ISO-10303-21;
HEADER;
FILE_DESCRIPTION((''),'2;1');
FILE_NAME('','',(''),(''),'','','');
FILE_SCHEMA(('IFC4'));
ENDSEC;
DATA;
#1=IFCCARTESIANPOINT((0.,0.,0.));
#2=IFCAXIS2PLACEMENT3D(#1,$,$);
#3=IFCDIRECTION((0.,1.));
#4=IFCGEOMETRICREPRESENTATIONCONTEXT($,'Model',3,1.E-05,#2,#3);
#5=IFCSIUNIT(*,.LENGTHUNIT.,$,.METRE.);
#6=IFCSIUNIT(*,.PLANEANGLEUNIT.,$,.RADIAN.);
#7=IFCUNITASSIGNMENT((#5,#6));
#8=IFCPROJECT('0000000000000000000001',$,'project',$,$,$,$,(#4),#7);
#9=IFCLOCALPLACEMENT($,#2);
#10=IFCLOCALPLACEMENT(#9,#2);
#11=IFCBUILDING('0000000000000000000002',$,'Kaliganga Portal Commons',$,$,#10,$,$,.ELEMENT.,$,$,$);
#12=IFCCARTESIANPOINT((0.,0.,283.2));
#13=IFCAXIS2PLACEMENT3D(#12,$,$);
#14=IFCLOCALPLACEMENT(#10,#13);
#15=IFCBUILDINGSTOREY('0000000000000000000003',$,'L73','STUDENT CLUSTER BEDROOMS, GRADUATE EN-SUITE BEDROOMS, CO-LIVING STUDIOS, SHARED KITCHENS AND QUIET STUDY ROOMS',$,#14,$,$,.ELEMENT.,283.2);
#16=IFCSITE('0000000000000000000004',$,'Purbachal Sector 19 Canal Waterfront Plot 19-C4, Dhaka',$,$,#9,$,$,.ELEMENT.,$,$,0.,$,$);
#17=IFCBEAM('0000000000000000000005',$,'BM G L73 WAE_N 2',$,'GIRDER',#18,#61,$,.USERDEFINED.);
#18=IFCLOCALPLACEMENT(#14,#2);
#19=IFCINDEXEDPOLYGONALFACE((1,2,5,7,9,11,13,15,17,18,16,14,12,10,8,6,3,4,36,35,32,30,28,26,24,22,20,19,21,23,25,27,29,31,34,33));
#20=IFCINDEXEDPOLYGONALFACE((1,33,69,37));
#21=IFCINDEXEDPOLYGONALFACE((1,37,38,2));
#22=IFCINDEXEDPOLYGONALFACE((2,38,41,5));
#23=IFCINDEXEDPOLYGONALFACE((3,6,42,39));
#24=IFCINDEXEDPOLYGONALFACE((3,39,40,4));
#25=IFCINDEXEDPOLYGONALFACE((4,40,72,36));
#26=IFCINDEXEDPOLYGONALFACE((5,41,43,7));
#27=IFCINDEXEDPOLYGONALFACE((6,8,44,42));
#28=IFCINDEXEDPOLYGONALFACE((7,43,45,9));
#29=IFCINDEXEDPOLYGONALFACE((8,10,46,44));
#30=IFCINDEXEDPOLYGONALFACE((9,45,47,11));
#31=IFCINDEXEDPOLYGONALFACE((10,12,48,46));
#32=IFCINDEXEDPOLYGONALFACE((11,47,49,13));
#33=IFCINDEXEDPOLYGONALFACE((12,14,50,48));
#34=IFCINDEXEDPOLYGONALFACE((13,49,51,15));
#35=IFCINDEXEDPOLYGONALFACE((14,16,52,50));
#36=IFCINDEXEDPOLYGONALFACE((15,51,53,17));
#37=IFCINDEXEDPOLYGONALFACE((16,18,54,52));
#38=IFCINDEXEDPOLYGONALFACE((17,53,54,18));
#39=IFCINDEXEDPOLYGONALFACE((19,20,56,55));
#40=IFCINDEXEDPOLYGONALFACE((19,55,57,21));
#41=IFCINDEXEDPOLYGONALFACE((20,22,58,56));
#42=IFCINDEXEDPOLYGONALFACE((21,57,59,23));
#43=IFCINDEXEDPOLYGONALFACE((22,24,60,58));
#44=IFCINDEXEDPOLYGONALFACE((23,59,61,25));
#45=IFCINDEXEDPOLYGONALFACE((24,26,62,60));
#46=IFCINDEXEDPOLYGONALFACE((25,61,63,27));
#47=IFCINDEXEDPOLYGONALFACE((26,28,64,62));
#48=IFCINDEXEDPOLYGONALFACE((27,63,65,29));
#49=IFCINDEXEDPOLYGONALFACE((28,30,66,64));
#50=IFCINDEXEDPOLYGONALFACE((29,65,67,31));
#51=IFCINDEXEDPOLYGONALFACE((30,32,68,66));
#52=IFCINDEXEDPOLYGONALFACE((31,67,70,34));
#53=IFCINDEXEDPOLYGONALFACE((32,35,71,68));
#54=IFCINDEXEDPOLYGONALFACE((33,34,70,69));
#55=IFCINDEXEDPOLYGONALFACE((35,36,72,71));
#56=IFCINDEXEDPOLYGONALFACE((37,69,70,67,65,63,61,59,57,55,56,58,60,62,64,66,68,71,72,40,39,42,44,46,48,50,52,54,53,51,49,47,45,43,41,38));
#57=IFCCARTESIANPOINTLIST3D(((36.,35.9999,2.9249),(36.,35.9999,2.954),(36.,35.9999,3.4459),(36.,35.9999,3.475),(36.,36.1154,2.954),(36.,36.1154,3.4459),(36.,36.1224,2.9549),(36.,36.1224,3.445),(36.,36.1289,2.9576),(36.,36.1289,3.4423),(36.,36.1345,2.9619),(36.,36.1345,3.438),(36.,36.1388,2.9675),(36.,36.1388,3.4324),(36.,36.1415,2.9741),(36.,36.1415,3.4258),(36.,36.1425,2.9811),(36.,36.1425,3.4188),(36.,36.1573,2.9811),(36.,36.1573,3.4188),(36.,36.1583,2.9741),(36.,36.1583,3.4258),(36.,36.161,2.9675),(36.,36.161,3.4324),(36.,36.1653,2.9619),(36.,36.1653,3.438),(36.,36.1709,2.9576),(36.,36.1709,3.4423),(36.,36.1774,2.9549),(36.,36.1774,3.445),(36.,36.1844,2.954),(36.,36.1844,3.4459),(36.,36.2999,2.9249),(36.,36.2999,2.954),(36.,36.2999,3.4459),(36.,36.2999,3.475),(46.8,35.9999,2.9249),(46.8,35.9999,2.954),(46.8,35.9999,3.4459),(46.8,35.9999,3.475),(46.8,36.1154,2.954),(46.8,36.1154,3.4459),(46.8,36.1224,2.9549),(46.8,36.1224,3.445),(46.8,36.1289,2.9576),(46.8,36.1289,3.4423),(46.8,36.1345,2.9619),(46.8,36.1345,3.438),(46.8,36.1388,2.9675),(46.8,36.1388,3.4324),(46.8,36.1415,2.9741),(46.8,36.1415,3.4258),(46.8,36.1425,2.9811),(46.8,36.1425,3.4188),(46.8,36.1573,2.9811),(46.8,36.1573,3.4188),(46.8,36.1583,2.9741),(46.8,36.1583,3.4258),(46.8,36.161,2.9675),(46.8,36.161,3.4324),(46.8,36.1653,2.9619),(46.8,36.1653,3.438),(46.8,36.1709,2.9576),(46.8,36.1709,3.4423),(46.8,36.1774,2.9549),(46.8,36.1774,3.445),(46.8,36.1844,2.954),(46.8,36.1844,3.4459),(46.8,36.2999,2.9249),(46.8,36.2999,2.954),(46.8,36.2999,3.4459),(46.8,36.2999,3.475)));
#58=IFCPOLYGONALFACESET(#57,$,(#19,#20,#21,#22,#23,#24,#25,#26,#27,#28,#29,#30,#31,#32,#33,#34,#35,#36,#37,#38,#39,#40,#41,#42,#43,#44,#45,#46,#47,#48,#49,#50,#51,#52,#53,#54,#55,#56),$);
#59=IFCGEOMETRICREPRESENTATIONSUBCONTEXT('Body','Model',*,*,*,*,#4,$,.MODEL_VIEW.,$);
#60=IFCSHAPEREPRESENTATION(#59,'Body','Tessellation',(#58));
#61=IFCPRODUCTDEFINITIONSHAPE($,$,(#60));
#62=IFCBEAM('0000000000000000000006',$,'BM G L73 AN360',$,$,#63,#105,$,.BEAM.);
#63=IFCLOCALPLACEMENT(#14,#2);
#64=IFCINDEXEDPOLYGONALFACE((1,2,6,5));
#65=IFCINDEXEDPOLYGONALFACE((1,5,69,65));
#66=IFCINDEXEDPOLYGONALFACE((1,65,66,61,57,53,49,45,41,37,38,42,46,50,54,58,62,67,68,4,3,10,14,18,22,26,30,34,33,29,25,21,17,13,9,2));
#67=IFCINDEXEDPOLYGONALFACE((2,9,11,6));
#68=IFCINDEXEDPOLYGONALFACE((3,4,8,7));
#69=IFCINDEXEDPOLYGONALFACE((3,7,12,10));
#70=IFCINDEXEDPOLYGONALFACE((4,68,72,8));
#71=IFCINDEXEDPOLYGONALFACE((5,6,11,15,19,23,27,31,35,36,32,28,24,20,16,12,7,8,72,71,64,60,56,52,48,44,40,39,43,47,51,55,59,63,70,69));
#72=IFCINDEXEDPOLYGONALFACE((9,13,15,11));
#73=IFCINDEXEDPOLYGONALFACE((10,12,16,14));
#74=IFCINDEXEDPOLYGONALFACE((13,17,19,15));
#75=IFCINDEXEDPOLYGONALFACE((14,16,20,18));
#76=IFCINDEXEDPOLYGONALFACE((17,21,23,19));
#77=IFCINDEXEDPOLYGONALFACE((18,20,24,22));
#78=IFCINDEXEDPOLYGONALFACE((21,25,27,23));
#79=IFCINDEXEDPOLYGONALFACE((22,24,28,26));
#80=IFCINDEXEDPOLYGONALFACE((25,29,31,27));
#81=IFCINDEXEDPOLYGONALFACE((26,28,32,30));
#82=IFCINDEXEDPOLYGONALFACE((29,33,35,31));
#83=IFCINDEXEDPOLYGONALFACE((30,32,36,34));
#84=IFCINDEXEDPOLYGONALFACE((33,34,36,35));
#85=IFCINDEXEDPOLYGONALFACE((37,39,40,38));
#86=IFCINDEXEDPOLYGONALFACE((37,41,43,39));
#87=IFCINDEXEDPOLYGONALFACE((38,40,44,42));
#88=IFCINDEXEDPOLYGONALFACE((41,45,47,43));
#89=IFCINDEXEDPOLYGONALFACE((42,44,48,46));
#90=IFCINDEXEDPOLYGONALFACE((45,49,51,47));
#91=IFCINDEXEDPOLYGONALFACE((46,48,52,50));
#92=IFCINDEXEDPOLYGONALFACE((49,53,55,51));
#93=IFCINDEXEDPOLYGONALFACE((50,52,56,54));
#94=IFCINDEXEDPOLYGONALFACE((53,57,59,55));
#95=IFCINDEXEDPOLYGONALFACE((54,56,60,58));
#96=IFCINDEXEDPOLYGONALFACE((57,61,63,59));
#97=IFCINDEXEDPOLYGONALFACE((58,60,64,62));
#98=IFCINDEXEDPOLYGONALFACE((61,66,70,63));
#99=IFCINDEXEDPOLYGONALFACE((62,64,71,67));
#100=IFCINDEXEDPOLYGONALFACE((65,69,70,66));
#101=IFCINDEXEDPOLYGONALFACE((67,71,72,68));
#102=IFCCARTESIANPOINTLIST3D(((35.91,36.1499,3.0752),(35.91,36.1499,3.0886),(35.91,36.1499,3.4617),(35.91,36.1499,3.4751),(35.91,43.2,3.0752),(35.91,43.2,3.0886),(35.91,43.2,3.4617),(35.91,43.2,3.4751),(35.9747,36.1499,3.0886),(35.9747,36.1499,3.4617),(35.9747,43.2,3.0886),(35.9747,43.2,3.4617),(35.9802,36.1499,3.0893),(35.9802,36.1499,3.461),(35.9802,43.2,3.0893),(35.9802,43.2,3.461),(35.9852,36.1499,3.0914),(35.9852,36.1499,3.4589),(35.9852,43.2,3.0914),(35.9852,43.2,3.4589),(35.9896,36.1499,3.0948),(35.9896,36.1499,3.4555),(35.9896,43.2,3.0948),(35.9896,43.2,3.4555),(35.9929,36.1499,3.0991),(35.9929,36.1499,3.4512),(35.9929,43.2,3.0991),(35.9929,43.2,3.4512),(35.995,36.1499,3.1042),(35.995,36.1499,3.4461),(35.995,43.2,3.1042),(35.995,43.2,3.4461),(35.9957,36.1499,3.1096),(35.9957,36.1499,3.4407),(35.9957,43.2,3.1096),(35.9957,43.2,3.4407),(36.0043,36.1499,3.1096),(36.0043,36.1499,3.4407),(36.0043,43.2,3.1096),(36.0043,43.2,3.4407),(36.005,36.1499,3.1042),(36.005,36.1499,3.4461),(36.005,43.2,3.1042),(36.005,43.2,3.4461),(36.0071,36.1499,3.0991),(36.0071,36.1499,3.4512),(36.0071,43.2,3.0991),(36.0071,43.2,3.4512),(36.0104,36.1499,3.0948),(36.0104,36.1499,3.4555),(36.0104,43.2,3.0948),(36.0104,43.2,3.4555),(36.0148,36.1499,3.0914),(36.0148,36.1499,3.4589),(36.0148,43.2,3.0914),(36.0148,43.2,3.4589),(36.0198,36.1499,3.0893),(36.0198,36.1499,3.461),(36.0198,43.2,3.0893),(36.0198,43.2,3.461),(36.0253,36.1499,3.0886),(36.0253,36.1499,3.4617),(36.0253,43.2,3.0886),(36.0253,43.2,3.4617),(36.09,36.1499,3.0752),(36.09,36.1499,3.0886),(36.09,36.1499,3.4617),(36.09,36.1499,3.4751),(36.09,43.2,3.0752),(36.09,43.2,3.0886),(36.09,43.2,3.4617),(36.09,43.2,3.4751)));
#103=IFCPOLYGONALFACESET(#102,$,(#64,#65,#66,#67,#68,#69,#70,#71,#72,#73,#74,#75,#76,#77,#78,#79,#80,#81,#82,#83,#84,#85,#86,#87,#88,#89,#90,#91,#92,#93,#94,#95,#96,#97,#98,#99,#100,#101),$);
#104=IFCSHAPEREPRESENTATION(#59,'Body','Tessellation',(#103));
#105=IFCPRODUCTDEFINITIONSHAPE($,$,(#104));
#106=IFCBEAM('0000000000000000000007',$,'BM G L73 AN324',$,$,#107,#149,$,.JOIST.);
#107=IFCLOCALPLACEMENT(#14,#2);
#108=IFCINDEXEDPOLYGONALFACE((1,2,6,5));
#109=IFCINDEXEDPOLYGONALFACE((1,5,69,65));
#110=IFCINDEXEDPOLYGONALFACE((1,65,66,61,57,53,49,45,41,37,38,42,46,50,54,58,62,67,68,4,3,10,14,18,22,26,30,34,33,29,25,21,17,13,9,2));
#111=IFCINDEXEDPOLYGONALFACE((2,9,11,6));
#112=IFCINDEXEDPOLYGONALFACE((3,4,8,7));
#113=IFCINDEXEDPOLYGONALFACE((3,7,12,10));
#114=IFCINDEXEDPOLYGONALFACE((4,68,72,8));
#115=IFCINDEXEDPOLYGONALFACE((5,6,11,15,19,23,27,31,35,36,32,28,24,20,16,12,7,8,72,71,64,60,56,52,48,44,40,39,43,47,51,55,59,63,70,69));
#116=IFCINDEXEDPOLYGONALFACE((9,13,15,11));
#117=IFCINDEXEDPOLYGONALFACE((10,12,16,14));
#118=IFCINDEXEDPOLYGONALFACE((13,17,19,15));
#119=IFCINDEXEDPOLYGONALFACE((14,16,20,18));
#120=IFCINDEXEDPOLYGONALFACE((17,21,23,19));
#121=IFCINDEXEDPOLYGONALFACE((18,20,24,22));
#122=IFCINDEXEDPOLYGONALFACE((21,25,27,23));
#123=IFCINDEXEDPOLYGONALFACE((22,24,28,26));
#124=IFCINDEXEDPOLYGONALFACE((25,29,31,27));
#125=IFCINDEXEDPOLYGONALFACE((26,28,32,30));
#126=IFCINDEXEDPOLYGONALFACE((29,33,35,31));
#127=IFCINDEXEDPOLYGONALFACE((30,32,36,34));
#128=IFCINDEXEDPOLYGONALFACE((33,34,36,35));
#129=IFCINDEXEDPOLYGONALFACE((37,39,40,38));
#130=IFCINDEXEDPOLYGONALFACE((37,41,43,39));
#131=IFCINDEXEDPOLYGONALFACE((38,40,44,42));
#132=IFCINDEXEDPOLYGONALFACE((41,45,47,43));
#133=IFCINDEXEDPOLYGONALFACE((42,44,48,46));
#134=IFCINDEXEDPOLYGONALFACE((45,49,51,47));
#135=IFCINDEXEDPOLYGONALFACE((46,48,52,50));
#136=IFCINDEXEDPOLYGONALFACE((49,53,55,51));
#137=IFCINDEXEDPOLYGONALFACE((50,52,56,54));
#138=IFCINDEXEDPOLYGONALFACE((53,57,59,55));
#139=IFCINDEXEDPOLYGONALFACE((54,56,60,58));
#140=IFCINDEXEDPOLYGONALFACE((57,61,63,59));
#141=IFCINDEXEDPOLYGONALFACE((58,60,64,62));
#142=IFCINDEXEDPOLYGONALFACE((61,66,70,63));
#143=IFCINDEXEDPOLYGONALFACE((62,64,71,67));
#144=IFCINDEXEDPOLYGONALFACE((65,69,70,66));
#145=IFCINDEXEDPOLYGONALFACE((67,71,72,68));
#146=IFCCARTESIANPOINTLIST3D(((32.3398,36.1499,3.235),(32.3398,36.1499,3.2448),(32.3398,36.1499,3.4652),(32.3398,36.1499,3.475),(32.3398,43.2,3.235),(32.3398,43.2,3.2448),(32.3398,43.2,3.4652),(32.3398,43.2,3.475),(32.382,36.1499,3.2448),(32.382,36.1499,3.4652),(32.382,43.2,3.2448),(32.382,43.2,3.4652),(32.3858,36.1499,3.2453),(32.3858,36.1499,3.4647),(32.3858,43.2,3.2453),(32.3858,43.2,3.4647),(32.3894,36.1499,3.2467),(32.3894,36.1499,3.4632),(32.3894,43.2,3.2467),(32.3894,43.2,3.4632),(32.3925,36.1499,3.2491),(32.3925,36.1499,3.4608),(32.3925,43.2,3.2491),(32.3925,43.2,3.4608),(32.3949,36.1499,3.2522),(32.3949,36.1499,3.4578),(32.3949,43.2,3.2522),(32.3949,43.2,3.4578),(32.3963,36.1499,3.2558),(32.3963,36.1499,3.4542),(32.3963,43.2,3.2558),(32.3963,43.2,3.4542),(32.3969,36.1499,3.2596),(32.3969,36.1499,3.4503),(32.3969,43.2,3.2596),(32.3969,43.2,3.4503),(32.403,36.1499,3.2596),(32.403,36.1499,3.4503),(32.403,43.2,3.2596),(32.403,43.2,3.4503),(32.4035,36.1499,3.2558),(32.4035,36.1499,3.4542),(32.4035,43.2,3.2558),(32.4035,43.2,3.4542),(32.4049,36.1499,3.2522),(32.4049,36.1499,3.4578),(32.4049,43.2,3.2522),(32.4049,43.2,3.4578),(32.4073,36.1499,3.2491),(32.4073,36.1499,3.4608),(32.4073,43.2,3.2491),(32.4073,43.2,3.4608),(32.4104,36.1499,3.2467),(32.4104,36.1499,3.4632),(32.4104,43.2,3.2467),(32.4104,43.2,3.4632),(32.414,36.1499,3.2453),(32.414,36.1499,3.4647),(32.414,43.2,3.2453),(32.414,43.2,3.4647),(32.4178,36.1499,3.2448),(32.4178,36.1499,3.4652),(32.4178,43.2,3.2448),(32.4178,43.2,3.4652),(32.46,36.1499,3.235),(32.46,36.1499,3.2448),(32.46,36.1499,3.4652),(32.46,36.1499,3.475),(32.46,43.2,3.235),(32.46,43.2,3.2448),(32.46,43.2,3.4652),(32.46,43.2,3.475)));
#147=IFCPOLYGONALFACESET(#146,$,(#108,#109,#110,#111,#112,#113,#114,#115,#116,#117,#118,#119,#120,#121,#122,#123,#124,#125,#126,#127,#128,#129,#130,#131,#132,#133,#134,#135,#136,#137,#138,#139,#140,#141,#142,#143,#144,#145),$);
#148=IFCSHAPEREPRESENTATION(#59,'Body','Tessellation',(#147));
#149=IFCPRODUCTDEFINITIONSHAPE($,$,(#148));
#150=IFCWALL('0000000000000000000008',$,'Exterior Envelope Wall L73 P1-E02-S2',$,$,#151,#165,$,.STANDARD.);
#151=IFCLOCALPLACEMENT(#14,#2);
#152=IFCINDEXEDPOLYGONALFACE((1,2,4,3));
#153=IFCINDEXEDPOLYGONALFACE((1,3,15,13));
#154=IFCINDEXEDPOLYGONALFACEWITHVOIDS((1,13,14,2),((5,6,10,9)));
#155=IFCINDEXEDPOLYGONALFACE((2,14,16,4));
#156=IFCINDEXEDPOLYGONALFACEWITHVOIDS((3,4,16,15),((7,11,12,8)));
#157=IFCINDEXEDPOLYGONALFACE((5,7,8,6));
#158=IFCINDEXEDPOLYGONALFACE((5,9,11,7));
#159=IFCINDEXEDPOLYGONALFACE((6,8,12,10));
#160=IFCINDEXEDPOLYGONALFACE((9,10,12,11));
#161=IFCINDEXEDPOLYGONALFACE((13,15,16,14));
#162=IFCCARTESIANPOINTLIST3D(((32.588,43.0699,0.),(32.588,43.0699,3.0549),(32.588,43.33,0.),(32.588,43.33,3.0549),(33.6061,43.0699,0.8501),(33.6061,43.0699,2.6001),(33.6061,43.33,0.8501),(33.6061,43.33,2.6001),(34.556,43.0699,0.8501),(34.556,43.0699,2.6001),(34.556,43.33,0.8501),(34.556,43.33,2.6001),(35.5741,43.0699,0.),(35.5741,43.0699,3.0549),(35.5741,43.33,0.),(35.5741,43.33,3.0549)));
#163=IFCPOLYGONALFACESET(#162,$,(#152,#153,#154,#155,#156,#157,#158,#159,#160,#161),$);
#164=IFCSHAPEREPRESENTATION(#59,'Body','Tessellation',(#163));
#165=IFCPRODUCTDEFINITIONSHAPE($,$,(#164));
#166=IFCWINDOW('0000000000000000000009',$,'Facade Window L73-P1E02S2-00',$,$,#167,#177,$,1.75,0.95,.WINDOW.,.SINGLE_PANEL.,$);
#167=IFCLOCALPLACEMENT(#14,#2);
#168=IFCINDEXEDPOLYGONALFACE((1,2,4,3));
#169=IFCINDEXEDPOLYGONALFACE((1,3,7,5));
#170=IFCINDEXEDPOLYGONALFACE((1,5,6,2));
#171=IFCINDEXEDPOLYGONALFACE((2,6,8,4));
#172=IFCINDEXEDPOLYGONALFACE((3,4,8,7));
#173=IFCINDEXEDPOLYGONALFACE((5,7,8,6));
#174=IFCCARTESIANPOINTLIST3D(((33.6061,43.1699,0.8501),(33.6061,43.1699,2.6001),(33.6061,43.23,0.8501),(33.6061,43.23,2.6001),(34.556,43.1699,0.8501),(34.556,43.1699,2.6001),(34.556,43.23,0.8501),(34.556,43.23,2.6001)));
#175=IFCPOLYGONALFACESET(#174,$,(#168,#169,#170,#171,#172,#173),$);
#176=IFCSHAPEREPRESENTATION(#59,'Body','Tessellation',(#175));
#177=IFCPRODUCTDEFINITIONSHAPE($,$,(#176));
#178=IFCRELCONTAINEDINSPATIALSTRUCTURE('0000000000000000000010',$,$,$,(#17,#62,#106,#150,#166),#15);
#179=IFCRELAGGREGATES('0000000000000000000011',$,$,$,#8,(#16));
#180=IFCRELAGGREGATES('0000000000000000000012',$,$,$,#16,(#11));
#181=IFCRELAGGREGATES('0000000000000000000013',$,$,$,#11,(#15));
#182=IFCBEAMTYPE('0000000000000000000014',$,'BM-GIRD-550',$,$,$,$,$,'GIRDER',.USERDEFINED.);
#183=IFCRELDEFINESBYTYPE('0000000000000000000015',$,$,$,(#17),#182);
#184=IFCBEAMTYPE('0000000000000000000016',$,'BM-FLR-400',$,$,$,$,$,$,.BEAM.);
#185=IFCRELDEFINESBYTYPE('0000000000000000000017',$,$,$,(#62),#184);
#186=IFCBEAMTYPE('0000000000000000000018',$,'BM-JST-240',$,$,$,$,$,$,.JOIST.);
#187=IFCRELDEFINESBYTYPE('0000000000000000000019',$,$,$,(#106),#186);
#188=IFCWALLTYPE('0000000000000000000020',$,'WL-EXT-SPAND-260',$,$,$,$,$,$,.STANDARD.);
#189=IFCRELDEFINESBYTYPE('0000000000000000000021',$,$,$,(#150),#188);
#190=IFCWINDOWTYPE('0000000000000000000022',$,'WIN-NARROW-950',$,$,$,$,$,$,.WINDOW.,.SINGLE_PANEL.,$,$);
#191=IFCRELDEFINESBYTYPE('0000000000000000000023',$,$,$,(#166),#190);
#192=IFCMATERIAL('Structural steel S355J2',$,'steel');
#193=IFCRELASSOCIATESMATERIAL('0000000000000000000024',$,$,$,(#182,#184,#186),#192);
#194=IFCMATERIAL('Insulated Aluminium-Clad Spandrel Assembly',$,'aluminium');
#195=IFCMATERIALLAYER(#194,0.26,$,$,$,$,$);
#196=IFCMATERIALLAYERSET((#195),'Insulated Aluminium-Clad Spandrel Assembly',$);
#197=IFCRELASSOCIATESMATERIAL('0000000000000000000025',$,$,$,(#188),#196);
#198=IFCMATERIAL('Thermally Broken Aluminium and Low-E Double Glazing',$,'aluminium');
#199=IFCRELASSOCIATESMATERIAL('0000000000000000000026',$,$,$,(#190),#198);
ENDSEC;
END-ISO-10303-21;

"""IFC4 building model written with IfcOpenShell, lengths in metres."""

from ifc_helpers import new_model, si_unit, direction, frame, frame_2d, origin, origin_2d, place, context, subcontext, project, spatial, rectangle, i_section, extrude, source, transform, mapped, material, layer, layer_set, material_profile, profile_set, type_object, element, fill, save


model = new_model("IFC4")

# Units and contexts
model_context = context("Model", 3, precision=1e-05, world=origin(), true_north=direction((0.0, 1.0)))
body_context = subcontext(model_context, "Body", "Model", "MODEL_VIEW")
ifc_project = project(units=[si_unit("LENGTHUNIT", "METRE"), si_unit("PLANEANGLEUNIT", "RADIAN")], contexts=[model_context])

# Site, building, storey
site_placement = place(None, origin())
site = spatial("IfcSite", under=ifc_project, at=site_placement, Name="Purbachal Sector 19 Canal Waterfront Plot 19-C4, Dhaka", CompositionType="ELEMENT", RefElevation=0.0)
building_placement = place(site_placement, origin())
building = spatial("IfcBuilding", under=site, at=building_placement, Name="Kaliganga Portal Commons", CompositionType="ELEMENT")
storey_placement = place(building_placement, frame((0.0, 0.0, 283.2)))
storey = spatial("IfcBuildingStorey", under=building, at=storey_placement, Name="L73", Description="STUDENT CLUSTER BEDROOMS, GRADUATE EN-SUITE BEDROOMS, CO-LIVING STUDIOS, SHARED KITCHENS AND QUIET STUDY ROOMS", CompositionType="ELEMENT", Elevation=283.2)

# Shared definitions
ifc_material_1 = material(Name="Structural steel S355J2", Category="steel")

# Beams
ifc_material_profile_1 = material_profile(ifc_material_1, i_section(OverallWidth=0.3, OverallDepth=0.55, WebThickness=0.0149, FlangeThickness=0.0291, FilletRadius=0.0271, at=origin_2d()), Name="HE 550 B")
ifc_profile_set_1 = profile_set([ifc_material_profile_1], Name="Structural steel S355J2 wide-flange")
beam_type_1 = type_object("IfcBeamType", Name="BM-GIRD-550", ElementType="GIRDER", PredefinedType="USERDEFINED", material=ifc_profile_set_1)
shared_shape_1 = source(origin(), body_context, "Body", "SweptSolid", [
    extrude(i_section(OverallWidth=0.3, OverallDepth=0.55, WebThickness=0.0149, FlangeThickness=0.0291, FilletRadius=0.0271, at=origin_2d()), origin(), (0.0, 0.0, 1.0), 10.8),
])
beam_1_placement = place(storey_placement, frame((36.0, 36.1499, 3.2), z_axis=(1.0, 0.0, 0.0), x_axis=(0.0, 1.0, 0.0)))
element("IfcBeam", 1, at=beam_1_placement, inside=storey, type_object=beam_type_1, Name="BM G L73 WAE_N 2", ObjectType="GIRDER", PredefinedType="USERDEFINED", context=body_context, shape_type="MappedRepresentation", body=[
    mapped(shared_shape_1, transform((0.0, 0.0, 0.0), x_axis=(1.0, 0.0, 0.0), y_axis=(0.0, 1.0, 0.0), z_axis=(0.0, 0.0, 1.0), scale=1.0)),
])
ifc_material_profile_2 = material_profile(ifc_material_1, i_section(OverallWidth=0.1799, OverallDepth=0.3999, WebThickness=0.0085, FlangeThickness=0.0134, FilletRadius=0.021, at=origin_2d()), Name="IPE 400")
ifc_profile_set_2 = profile_set([ifc_material_profile_2], Name="Structural steel S355J2 wide-flange")
beam_type_2 = type_object("IfcBeamType", Name="BM-FLR-400", PredefinedType="BEAM", material=ifc_profile_set_2)
shared_shape_2 = source(origin(), body_context, "Body", "SweptSolid", [
    extrude(i_section(OverallWidth=0.1799, OverallDepth=0.3999, WebThickness=0.0085, FlangeThickness=0.0134, FilletRadius=0.021, at=origin_2d()), origin(), (0.0, 0.0, 1.0), 7.05),
])
beam_2_placement = place(storey_placement, frame((36.0, 36.1499, 3.2751), z_axis=(0.0, 1.0, 0.0), x_axis=(-1.0, 0.0, 0.0)))
element("IfcBeam", 2, at=beam_2_placement, inside=storey, type_object=beam_type_2, Name="BM G L73 AN360", PredefinedType="BEAM", context=body_context, shape_type="MappedRepresentation", body=[
    mapped(shared_shape_2, transform((0.0, 0.0, 0.0), x_axis=(1.0, 0.0, 0.0), y_axis=(0.0, 1.0, 0.0), z_axis=(0.0, 0.0, 1.0), scale=1.0)),
])
ifc_material_profile_3 = material_profile(ifc_material_1, i_section(OverallWidth=0.1201, OverallDepth=0.24, WebThickness=0.0061, FlangeThickness=0.0098, FilletRadius=0.0149, at=origin_2d()), Name="IPE 240")
ifc_profile_set_3 = profile_set([ifc_material_profile_3], Name="Structural steel S355J2 wide-flange")
beam_type_3 = type_object("IfcBeamType", Name="BM-JST-240", PredefinedType="JOIST", material=ifc_profile_set_3)
shared_shape_3 = source(origin(), body_context, "Body", "SweptSolid", [
    extrude(i_section(OverallWidth=0.1201, OverallDepth=0.24, WebThickness=0.0061, FlangeThickness=0.0098, FilletRadius=0.0149, at=origin_2d()), origin(), (0.0, 0.0, 1.0), 7.05),
])
beam_3_placement = place(storey_placement, frame((32.3999, 36.1499, 3.355), z_axis=(0.0, 1.0, 0.0), x_axis=(-1.0, 0.0, 0.0)))
element("IfcBeam", 3, at=beam_3_placement, inside=storey, type_object=beam_type_3, Name="BM G L73 AN324", PredefinedType="JOIST", context=body_context, shape_type="MappedRepresentation", body=[
    mapped(shared_shape_3, transform((0.0, 0.0, 0.0), x_axis=(1.0, 0.0, 0.0), y_axis=(0.0, 1.0, 0.0), z_axis=(0.0, 0.0, 1.0), scale=1.0)),
])

# Shared definitions
ifc_material_2 = material(Name="Insulated Aluminium-Clad Spandrel Assembly", Category="aluminium")
ifc_layer_1 = layer(ifc_material_2, 0.26)
ifc_layer_set_1 = layer_set([ifc_layer_1], Name="Insulated Aluminium-Clad Spandrel Assembly")
wall_type_1 = type_object("IfcWallType", Name="WL-EXT-SPAND-260", PredefinedType="STANDARD", material=ifc_layer_set_1)
ifc_material_3 = material(Name="Thermally Broken Aluminium and Low-E Double Glazing", Category="aluminium")

# Wall, opening, window
wall_1_placement = place(storey_placement, frame((32.5879, 43.2, 0.0), z_axis=(0.0, 0.0, 1.0), x_axis=(1.0, 0.0, 0.0)))
wall_1 = element("IfcWall", 4, at=wall_1_placement, inside=storey, type_object=wall_type_1, Name="Exterior Envelope Wall L73 P1-E02-S2", PredefinedType="STANDARD", context=body_context, shape_type="SweptSolid", body=[
    extrude(rectangle(XDim=2.9861, YDim=0.26, at=frame_2d((1.4932, 0.0))), origin(), (0.0, 0.0, 1.0), 3.0549),
])
opening_1_placement = place(wall_1_placement, frame((1.0181, 0.0, 0.8501)))
opening_1 = element("IfcOpeningElement", 5, at=opening_1_placement, cuts=wall_1, PredefinedType="OPENING", context=body_context, shape_type="SweptSolid", body=[
    extrude(rectangle(XDim=0.95, YDim=1.75, at=frame_2d((0.4751, 0.875))), frame((0.0, 0.1401, 0.0), z_axis=(0.0, -1.0, 0.0), x_axis=(1.0, 0.0, 0.0)), (0.0, 0.0, 1.0), 0.28),
])
window_type_1 = type_object("IfcWindowType", Name="WIN-NARROW-950", PartitioningType="SINGLE_PANEL", PredefinedType="WINDOW", material=ifc_material_3)
window_1_placement = place(opening_1_placement, origin())
window_1 = element("IfcWindow", 6, at=window_1_placement, inside=storey, type_object=window_type_1, Name="Facade Window L73-P1E02S2-00", OverallHeight=1.75, OverallWidth=0.95, PartitioningType="SINGLE_PANEL", PredefinedType="WINDOW", context=body_context, shape_type="SweptSolid", body=[
    extrude(rectangle(XDim=0.95, YDim=1.75, at=frame_2d((0.4751, 0.875))), frame((0.0, 0.03, 0.0), z_axis=(0.0, -1.0, 0.0), x_axis=(1.0, 0.0, 0.0)), (0.0, 0.0, 1.0), 0.0601),
])
fill(opening_1, window_1)

save(model, "model.ifc")
